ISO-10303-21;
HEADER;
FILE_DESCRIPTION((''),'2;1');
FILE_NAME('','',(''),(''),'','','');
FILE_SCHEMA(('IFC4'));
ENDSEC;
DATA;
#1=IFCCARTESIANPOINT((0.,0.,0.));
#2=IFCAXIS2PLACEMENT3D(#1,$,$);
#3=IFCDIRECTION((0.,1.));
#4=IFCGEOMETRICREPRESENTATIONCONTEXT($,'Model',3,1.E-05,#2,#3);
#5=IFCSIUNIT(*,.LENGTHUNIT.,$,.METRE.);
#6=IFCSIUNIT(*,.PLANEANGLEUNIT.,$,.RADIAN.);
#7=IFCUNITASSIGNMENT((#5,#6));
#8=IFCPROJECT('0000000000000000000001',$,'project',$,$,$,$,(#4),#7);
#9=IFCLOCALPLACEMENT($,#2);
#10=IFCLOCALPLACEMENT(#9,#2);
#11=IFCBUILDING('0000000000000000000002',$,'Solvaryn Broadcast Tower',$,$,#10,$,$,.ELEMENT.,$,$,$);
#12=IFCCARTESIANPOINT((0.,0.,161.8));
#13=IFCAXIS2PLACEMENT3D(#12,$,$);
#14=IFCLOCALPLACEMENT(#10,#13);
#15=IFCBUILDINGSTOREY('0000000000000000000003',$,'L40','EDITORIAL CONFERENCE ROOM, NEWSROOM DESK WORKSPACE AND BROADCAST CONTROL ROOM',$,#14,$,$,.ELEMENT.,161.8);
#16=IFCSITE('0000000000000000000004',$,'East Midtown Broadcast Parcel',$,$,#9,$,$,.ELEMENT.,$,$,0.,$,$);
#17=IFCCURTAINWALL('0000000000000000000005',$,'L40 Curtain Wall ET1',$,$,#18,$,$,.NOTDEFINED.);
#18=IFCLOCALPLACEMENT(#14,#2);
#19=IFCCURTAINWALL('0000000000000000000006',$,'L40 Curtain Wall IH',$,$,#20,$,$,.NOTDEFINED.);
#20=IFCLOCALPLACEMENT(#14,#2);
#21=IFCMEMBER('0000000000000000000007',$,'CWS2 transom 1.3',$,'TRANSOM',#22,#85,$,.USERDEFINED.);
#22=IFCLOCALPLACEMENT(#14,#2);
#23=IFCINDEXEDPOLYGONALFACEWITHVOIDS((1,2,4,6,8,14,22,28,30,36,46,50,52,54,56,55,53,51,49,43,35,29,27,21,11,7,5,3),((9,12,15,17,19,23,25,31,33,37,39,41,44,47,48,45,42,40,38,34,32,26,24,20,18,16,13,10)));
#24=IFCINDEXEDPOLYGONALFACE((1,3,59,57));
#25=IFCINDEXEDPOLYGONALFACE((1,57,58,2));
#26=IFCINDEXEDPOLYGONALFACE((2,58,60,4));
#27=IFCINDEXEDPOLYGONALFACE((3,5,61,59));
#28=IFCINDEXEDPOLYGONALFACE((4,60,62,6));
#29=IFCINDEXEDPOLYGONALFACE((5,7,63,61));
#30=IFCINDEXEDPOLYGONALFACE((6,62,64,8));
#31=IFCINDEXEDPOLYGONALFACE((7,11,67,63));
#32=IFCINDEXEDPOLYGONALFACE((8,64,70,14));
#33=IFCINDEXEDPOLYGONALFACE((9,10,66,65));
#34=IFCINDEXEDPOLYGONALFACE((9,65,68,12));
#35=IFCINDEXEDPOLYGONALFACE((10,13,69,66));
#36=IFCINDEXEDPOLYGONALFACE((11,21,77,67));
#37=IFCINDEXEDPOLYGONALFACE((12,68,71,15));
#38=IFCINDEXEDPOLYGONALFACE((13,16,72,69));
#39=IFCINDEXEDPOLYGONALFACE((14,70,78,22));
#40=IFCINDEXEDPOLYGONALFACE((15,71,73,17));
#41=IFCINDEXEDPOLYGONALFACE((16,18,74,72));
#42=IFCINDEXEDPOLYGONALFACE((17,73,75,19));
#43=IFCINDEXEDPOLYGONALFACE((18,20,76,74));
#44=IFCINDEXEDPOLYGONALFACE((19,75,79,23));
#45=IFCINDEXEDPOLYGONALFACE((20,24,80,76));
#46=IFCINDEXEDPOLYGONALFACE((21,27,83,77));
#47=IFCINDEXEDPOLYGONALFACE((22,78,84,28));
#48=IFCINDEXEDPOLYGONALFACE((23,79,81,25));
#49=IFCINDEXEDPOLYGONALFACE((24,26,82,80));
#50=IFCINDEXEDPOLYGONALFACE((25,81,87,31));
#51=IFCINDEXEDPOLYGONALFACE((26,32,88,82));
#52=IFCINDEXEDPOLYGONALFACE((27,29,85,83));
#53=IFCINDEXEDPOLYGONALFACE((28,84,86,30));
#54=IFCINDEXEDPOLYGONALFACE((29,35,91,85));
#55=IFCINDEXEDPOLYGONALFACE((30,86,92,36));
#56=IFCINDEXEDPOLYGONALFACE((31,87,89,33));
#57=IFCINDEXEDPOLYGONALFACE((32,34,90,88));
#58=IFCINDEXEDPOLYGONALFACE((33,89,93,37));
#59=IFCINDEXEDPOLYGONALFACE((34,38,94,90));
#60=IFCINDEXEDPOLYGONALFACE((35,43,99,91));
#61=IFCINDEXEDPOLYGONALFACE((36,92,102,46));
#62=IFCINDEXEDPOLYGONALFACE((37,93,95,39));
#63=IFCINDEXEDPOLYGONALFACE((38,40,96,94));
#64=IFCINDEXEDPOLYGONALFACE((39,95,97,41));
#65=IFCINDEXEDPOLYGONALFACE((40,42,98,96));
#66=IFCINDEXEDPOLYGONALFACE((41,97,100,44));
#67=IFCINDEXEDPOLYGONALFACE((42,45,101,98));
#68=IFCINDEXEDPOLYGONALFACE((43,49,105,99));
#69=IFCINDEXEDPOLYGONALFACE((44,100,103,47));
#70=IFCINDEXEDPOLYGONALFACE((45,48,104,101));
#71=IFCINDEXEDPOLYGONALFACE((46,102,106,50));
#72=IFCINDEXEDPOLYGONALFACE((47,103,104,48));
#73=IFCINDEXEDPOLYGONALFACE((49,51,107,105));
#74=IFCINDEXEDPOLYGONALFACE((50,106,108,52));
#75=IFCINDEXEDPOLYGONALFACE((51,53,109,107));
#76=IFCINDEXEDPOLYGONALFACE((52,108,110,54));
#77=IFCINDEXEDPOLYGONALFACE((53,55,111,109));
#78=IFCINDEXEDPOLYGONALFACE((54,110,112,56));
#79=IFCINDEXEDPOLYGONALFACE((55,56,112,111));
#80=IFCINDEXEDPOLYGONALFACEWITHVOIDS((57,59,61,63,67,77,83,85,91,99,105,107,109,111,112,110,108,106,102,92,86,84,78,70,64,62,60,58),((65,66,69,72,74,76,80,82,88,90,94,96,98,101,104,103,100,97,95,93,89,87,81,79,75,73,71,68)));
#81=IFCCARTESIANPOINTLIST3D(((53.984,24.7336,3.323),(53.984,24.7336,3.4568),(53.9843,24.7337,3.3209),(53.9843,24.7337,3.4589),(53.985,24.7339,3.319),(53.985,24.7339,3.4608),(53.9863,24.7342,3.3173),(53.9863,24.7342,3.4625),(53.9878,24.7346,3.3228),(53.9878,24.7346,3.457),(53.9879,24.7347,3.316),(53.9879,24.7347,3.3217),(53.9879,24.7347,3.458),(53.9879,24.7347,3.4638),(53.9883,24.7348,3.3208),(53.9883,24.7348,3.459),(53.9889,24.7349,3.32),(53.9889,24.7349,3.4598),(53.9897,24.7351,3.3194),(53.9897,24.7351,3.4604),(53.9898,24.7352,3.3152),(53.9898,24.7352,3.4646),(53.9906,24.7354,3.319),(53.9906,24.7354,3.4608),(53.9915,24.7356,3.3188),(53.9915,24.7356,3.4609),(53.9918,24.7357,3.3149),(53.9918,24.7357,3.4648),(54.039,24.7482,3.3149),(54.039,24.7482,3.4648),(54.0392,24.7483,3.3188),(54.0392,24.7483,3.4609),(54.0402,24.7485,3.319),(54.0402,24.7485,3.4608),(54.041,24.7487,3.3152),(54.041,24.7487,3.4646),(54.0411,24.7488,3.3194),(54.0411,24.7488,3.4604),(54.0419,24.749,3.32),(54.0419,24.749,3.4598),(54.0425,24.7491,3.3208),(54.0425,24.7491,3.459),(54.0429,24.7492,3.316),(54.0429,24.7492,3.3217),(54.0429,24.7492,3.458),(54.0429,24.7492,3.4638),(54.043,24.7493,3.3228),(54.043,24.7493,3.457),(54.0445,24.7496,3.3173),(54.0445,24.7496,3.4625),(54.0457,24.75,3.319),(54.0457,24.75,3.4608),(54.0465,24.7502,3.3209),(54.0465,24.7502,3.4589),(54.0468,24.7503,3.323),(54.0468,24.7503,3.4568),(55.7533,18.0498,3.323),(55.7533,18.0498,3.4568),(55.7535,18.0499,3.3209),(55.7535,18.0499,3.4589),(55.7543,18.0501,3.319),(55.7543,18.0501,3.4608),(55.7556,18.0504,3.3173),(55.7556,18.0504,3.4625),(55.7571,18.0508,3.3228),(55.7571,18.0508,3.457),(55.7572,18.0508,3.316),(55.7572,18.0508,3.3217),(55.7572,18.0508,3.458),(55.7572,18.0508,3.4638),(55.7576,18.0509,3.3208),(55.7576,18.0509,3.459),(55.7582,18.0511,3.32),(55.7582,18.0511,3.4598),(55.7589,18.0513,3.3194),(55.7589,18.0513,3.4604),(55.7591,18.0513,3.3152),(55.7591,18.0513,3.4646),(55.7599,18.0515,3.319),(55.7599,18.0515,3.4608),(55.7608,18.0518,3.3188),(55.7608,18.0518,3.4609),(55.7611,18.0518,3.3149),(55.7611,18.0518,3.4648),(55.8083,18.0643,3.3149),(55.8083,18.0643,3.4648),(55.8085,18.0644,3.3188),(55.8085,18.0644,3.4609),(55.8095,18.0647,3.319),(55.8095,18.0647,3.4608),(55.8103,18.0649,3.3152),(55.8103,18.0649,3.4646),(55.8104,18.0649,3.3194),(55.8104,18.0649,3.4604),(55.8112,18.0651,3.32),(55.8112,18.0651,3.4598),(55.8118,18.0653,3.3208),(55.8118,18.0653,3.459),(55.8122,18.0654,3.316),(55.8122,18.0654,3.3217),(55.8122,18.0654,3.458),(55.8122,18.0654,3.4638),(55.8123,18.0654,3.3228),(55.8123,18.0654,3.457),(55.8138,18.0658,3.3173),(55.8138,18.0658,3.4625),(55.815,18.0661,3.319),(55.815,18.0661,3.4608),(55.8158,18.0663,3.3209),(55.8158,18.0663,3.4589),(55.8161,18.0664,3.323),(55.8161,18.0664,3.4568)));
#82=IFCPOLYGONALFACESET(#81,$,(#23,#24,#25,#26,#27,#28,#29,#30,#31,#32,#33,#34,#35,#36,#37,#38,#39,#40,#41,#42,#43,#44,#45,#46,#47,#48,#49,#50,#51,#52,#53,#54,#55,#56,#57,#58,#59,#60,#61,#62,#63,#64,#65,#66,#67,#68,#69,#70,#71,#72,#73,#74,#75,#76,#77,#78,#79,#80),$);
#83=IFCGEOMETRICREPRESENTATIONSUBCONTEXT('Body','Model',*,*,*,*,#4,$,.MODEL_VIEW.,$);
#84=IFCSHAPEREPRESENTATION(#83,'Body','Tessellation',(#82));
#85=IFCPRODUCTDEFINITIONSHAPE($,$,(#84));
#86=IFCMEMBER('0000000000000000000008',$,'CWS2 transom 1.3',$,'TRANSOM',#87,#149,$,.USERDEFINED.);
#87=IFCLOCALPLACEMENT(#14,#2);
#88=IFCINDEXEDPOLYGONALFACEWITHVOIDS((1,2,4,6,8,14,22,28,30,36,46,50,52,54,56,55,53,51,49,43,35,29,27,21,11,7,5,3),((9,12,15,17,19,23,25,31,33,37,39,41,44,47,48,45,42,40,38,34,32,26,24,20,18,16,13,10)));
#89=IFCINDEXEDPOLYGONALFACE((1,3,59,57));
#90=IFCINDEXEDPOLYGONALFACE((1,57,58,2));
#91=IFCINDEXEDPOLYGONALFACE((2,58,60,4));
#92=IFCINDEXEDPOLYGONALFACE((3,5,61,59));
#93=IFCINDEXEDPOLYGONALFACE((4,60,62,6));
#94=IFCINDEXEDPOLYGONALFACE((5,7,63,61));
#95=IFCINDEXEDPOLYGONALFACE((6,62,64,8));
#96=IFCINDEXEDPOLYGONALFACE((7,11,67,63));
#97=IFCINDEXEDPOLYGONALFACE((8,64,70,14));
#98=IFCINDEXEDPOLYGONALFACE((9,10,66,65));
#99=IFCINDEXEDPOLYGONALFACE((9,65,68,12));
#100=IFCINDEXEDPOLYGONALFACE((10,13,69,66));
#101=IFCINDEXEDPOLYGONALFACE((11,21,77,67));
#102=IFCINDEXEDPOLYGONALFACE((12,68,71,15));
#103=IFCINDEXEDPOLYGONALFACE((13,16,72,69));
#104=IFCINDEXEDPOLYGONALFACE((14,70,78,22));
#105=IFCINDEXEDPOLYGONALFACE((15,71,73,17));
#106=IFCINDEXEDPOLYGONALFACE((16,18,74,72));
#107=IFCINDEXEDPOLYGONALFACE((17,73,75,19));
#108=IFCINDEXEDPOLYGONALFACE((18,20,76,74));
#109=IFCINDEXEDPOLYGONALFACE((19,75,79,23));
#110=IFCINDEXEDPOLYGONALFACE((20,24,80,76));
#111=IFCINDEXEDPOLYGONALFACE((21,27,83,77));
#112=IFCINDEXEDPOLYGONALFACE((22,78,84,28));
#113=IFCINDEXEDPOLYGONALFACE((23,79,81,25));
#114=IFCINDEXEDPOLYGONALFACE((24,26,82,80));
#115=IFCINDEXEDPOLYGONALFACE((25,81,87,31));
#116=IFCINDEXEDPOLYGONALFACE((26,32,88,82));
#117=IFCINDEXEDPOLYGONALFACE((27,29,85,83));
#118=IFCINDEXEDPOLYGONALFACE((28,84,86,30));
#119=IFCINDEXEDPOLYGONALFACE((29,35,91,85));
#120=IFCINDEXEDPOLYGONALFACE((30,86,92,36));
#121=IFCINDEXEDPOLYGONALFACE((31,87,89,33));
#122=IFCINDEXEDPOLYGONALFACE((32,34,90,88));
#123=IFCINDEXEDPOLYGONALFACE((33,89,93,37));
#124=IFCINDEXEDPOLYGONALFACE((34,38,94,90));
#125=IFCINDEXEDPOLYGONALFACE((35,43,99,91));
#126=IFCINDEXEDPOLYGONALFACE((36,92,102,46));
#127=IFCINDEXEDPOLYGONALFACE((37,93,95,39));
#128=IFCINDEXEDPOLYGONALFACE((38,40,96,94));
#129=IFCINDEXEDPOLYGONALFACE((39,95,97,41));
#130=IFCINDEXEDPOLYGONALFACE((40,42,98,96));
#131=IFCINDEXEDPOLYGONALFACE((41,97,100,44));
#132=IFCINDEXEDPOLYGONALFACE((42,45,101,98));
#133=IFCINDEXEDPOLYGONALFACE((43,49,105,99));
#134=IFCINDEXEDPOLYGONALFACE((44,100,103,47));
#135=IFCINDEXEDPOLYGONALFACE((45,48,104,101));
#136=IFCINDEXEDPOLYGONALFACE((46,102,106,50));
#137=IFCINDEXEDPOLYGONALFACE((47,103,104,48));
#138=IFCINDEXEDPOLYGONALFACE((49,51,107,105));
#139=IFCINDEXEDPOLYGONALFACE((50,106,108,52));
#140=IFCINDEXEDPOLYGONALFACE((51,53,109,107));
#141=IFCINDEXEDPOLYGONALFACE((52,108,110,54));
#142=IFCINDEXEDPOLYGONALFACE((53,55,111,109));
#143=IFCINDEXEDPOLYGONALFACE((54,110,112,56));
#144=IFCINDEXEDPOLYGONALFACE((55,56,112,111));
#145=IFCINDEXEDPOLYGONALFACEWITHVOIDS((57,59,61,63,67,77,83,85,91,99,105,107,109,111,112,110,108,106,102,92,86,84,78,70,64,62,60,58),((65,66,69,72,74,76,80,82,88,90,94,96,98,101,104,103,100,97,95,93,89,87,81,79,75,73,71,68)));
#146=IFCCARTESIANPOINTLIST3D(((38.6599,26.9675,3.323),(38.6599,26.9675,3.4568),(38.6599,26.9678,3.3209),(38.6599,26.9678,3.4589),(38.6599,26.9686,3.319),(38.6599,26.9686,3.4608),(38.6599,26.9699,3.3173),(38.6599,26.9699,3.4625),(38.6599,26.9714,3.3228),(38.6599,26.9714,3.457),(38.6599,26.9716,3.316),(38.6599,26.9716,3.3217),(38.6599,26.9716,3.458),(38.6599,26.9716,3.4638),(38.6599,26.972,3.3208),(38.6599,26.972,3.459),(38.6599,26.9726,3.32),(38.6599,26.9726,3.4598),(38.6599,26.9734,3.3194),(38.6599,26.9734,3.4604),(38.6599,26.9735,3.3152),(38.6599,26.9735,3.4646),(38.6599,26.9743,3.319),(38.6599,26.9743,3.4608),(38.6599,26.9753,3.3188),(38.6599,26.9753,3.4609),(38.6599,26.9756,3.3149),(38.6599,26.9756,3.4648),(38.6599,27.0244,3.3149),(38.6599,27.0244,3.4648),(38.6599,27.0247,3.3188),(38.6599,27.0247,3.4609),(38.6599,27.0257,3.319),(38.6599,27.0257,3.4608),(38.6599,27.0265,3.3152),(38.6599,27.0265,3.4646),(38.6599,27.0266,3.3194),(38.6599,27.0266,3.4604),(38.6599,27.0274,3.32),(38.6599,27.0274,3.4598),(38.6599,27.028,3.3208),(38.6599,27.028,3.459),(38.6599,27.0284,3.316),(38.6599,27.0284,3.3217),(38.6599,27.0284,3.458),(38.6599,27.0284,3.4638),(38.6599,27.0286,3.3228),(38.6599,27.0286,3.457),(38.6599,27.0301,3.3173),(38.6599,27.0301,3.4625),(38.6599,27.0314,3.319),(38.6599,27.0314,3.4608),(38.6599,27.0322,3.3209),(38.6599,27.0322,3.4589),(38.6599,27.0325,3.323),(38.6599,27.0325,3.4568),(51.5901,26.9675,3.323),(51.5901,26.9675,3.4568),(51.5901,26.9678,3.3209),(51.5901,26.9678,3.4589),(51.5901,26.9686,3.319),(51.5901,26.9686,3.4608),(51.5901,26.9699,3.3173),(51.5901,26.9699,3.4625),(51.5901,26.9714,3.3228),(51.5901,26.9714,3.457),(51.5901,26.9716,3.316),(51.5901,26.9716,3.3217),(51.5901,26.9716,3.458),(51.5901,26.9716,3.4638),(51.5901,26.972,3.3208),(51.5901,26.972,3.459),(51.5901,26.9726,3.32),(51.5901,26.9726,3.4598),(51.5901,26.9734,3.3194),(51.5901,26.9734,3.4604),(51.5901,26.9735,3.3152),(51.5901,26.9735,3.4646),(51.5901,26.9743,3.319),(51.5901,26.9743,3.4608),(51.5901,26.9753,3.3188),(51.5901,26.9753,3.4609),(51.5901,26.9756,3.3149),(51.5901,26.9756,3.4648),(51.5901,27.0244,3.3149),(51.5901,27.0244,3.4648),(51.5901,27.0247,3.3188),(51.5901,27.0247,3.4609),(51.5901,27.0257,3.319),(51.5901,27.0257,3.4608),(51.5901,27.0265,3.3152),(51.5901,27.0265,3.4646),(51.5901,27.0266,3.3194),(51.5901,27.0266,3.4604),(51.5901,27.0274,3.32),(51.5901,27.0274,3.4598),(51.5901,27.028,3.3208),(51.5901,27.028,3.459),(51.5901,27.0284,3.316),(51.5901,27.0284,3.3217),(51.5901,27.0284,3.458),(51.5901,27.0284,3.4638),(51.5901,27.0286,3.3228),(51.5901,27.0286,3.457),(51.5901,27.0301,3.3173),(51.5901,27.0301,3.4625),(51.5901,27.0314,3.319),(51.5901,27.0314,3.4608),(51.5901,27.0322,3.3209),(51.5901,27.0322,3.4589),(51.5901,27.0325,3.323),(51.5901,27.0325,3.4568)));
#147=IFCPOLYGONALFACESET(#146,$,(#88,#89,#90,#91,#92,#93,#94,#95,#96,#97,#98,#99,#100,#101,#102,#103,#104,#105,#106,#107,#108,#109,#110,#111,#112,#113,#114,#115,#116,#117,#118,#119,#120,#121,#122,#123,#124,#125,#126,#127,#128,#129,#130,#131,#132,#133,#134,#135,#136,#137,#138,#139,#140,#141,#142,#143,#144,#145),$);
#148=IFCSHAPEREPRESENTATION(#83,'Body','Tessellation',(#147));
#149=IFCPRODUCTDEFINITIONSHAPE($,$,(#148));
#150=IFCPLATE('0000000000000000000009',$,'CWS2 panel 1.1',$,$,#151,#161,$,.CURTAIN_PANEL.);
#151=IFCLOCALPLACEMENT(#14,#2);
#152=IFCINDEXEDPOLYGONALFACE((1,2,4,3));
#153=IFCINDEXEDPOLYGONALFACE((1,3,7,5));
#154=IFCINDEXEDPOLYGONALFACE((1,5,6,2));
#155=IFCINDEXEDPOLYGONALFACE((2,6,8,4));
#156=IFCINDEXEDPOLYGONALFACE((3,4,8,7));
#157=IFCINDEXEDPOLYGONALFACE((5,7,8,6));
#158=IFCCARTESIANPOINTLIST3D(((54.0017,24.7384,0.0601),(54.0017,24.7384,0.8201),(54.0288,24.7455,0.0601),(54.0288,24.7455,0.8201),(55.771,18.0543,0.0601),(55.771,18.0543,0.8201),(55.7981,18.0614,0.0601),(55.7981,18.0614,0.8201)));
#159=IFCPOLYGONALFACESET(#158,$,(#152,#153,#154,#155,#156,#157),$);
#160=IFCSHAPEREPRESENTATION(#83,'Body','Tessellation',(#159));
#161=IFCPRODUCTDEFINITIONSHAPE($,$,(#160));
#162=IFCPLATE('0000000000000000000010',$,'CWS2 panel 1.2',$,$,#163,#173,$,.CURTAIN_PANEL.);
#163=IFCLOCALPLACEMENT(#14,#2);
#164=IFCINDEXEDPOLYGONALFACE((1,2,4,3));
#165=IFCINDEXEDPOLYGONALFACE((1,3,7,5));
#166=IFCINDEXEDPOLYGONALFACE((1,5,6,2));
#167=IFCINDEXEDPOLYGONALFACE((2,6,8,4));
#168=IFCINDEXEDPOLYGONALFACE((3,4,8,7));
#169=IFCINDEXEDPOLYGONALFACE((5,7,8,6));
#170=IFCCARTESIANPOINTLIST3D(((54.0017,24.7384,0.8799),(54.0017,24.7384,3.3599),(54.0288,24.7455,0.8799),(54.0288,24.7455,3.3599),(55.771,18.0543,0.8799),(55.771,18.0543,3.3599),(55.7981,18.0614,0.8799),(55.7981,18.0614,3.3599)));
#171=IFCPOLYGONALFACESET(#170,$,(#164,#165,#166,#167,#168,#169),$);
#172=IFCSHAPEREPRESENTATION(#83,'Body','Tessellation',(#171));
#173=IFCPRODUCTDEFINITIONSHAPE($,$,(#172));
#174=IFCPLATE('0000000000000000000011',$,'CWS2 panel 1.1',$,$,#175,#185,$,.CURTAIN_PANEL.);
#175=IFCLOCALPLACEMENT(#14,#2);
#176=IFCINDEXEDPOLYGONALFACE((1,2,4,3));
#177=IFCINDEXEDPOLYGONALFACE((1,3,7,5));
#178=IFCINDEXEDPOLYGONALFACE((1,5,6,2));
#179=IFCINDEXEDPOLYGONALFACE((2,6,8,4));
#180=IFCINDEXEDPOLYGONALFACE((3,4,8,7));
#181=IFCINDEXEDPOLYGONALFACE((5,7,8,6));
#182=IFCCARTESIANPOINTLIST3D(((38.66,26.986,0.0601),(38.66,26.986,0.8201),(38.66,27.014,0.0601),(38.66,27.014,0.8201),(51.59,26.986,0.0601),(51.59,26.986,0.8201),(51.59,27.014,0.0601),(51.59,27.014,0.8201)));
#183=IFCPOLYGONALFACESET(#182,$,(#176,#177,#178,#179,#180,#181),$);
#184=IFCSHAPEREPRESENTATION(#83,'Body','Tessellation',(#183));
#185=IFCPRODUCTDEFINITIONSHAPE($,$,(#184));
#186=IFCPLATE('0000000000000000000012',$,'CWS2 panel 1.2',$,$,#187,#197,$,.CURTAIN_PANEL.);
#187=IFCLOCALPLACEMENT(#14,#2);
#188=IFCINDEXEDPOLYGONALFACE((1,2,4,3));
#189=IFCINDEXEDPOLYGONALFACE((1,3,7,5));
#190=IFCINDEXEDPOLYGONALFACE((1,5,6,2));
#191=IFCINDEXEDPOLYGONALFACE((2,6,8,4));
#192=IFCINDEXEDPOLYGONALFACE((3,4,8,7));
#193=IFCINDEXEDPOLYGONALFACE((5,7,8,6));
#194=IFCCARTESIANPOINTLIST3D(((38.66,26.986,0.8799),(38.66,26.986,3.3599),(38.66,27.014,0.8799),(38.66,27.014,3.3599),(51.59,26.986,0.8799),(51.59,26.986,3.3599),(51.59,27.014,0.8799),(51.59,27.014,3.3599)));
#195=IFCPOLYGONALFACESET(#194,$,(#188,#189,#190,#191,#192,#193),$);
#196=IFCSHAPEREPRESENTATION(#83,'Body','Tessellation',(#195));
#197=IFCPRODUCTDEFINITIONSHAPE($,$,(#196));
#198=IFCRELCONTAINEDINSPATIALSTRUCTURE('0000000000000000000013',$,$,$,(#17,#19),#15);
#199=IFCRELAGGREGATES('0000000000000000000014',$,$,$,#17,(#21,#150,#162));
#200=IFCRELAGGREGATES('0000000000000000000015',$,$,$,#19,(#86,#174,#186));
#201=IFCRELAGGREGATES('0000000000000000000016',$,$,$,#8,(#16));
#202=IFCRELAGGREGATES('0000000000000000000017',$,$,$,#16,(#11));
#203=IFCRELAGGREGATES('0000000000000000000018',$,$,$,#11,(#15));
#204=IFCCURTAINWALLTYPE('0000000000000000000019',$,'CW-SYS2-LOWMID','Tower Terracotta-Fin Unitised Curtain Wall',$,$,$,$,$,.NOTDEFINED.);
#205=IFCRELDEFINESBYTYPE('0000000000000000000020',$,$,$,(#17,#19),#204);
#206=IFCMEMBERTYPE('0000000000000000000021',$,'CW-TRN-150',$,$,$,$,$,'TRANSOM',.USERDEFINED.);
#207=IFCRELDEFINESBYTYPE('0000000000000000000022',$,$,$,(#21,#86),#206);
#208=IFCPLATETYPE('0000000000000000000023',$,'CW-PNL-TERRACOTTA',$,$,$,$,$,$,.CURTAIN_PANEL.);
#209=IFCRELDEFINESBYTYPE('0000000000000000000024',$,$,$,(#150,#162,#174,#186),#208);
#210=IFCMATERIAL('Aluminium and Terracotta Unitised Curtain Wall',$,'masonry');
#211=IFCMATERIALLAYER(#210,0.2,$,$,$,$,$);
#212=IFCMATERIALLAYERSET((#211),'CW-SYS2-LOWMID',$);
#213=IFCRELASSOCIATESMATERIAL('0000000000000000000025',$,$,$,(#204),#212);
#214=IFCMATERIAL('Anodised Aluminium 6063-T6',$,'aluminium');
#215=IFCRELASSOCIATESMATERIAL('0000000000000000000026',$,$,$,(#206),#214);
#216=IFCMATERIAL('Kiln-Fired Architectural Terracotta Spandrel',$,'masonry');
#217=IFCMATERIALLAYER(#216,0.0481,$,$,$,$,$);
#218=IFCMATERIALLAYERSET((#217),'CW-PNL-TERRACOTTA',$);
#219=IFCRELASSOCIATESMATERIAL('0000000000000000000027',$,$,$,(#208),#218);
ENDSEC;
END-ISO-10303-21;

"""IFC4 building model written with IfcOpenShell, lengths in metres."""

from ifc_helpers import new_model, si_unit, direction, frame, origin, origin_2d, place, context, subcontext, project, spatial, rectangle, hollow_rectangle, extrude, material, layer, layer_set, material_profile, profile_set, type_object, element, aggregate, save


model = new_model("IFC4")

# Units and contexts
model_context = context("Model", 3, precision=1e-05, world=origin(), true_north=direction((0.0, 1.0)))
body_context = subcontext(model_context, "Body", "Model", "MODEL_VIEW")
ifc_project = project(units=[si_unit("LENGTHUNIT", "METRE"), si_unit("PLANEANGLEUNIT", "RADIAN")], contexts=[model_context])

# Site, building, storey
site_placement = place(None, origin())
site = spatial("IfcSite", under=ifc_project, at=site_placement, Name="East Midtown Broadcast Parcel", CompositionType="ELEMENT", RefElevation=0.0)
building_placement = place(site_placement, origin())
building = spatial("IfcBuilding", under=site, at=building_placement, Name="Solvaryn Broadcast Tower", CompositionType="ELEMENT")
storey_placement = place(building_placement, frame((0.0, 0.0, 161.8)))
storey = spatial("IfcBuildingStorey", under=building, at=storey_placement, Name="L40", Description="EDITORIAL CONFERENCE ROOM, NEWSROOM DESK WORKSPACE AND BROADCAST CONTROL ROOM", CompositionType="ELEMENT", Elevation=161.8)

# Curtain walls
ifc_material_1 = material(Name="Aluminium and Terracotta Unitised Curtain Wall", Category="masonry")
ifc_layer_1 = layer(ifc_material_1, 0.2)
ifc_layer_set_1 = layer_set([ifc_layer_1], Name="CW-SYS2-LOWMID")
curtain_wall_type = type_object("IfcCurtainWallType", Name="CW-SYS2-LOWMID", Description="Tower Terracotta-Fin Unitised Curtain Wall", PredefinedType="NOTDEFINED", material=ifc_layer_set_1)
curtain_wall_1_placement = place(storey_placement, origin())
curtain_wall_1 = element("IfcCurtainWall", 1, at=curtain_wall_1_placement, inside=storey, type_object=curtain_wall_type, Name="L40 Curtain Wall ET1", PredefinedType="NOTDEFINED")
curtain_wall_2_placement = place(storey_placement, origin())
curtain_wall_2 = element("IfcCurtainWall", 2, at=curtain_wall_2_placement, inside=storey, type_object=curtain_wall_type, Name="L40 Curtain Wall IH", PredefinedType="NOTDEFINED")

# Members
ifc_material_2 = material(Name="Anodised Aluminium 6063-T6", Category="aluminium")
ifc_material_profile_1 = material_profile(ifc_material_2, hollow_rectangle(XDim=0.0649, YDim=0.1499, WallThickness=0.0039, InnerFilletRadius=0.0039, OuterFilletRadius=0.0081, at=origin_2d()))
ifc_profile_set_1 = profile_set([ifc_material_profile_1], Name="Anodised Aluminium 6063-T6")
member_type_1 = type_object("IfcMemberType", Name="CW-TRN-150", ElementType="TRANSOM", PredefinedType="USERDEFINED", material=ifc_profile_set_1)
member_1_placement = place(storey_placement, frame((54.0154, 24.7419, 3.3899), z_axis=(0.255897, -0.966704, 0.0), x_axis=(0.966704, 0.255897, 0.0)))
member_1 = element("IfcMember", 3, at=member_1_placement, type_object=member_type_1, Name="CWS2 transom 1.3", ObjectType="TRANSOM", PredefinedType="USERDEFINED", context=body_context, shape_type="SweptSolid", body=[
    extrude(hollow_rectangle(XDim=0.0649, YDim=0.1499, WallThickness=0.0039, InnerFilletRadius=0.0039, OuterFilletRadius=0.0081, at=origin_2d()), origin(), (0.0, 0.0, 1.0), 6.9141),
])
member_2_placement = place(storey_placement, frame((38.6599, 27.0, 3.3899), z_axis=(1.0, 0.0, 0.0), x_axis=(0.0, 1.0, 0.0)))
member_2 = element("IfcMember", 4, at=member_2_placement, type_object=member_type_1, Name="CWS2 transom 1.3", ObjectType="TRANSOM", PredefinedType="USERDEFINED", context=body_context, shape_type="SweptSolid", body=[
    extrude(hollow_rectangle(XDim=0.0649, YDim=0.1499, WallThickness=0.0039, InnerFilletRadius=0.0039, OuterFilletRadius=0.0081, at=origin_2d()), origin(), (0.0, 0.0, 1.0), 12.9302),
])

# Plates
ifc_material_3 = material(Name="Kiln-Fired Architectural Terracotta Spandrel", Category="masonry")
ifc_layer_2 = layer(ifc_material_3, 0.0481)
ifc_layer_set_2 = layer_set([ifc_layer_2], Name="CW-PNL-TERRACOTTA")
plate_type = type_object("IfcPlateType", Name="CW-PNL-TERRACOTTA", PredefinedType="CURTAIN_PANEL", material=ifc_layer_set_2)
plate_1_placement = place(storey_placement, frame((54.8999, 21.3999, 0.0601), z_axis=(0.0, 0.0, 1.0), x_axis=(0.255893, -0.966705, 0.0)))
plate_1 = element("IfcPlate", 5, at=plate_1_placement, type_object=plate_type, Name="CWS2 panel 1.1", PredefinedType="CURTAIN_PANEL", context=body_context, shape_type="SweptSolid", body=[
    extrude(rectangle(XDim=6.9143, YDim=0.0281, at=origin_2d()), origin(), (0.0, 0.0, 1.0), 0.76),
])
plate_2_placement = place(storey_placement, frame((54.8999, 21.3999, 0.8799), z_axis=(0.0, 0.0, 1.0), x_axis=(0.255893, -0.966705, 0.0)))
plate_2 = element("IfcPlate", 6, at=plate_2_placement, type_object=plate_type, Name="CWS2 panel 1.2", PredefinedType="CURTAIN_PANEL", context=body_context, shape_type="SweptSolid", body=[
    extrude(rectangle(XDim=6.9143, YDim=0.0281, at=origin_2d()), origin(), (0.0, 0.0, 1.0), 2.48),
])
aggregate(curtain_wall_1, [member_1, plate_1, plate_2])
plate_3_placement = place(storey_placement, frame((45.125, 27.0, 0.0601), z_axis=(0.0, 0.0, 1.0), x_axis=(1.0, 0.0, 0.0)))
plate_3 = element("IfcPlate", 7, at=plate_3_placement, type_object=plate_type, Name="CWS2 panel 1.1", PredefinedType="CURTAIN_PANEL", context=body_context, shape_type="SweptSolid", body=[
    extrude(rectangle(XDim=12.9299, YDim=0.0281, at=origin_2d()), origin(), (0.0, 0.0, 1.0), 0.76),
])
plate_4_placement = place(storey_placement, frame((45.125, 27.0, 0.8799), z_axis=(0.0, 0.0, 1.0), x_axis=(1.0, 0.0, 0.0)))
plate_4 = element("IfcPlate", 8, at=plate_4_placement, type_object=plate_type, Name="CWS2 panel 1.2", PredefinedType="CURTAIN_PANEL", context=body_context, shape_type="SweptSolid", body=[
    extrude(rectangle(XDim=12.9299, YDim=0.0281, at=origin_2d()), origin(), (0.0, 0.0, 1.0), 2.48),
])
aggregate(curtain_wall_2, [member_2, plate_3, plate_4])

save(model, "model.ifc")
